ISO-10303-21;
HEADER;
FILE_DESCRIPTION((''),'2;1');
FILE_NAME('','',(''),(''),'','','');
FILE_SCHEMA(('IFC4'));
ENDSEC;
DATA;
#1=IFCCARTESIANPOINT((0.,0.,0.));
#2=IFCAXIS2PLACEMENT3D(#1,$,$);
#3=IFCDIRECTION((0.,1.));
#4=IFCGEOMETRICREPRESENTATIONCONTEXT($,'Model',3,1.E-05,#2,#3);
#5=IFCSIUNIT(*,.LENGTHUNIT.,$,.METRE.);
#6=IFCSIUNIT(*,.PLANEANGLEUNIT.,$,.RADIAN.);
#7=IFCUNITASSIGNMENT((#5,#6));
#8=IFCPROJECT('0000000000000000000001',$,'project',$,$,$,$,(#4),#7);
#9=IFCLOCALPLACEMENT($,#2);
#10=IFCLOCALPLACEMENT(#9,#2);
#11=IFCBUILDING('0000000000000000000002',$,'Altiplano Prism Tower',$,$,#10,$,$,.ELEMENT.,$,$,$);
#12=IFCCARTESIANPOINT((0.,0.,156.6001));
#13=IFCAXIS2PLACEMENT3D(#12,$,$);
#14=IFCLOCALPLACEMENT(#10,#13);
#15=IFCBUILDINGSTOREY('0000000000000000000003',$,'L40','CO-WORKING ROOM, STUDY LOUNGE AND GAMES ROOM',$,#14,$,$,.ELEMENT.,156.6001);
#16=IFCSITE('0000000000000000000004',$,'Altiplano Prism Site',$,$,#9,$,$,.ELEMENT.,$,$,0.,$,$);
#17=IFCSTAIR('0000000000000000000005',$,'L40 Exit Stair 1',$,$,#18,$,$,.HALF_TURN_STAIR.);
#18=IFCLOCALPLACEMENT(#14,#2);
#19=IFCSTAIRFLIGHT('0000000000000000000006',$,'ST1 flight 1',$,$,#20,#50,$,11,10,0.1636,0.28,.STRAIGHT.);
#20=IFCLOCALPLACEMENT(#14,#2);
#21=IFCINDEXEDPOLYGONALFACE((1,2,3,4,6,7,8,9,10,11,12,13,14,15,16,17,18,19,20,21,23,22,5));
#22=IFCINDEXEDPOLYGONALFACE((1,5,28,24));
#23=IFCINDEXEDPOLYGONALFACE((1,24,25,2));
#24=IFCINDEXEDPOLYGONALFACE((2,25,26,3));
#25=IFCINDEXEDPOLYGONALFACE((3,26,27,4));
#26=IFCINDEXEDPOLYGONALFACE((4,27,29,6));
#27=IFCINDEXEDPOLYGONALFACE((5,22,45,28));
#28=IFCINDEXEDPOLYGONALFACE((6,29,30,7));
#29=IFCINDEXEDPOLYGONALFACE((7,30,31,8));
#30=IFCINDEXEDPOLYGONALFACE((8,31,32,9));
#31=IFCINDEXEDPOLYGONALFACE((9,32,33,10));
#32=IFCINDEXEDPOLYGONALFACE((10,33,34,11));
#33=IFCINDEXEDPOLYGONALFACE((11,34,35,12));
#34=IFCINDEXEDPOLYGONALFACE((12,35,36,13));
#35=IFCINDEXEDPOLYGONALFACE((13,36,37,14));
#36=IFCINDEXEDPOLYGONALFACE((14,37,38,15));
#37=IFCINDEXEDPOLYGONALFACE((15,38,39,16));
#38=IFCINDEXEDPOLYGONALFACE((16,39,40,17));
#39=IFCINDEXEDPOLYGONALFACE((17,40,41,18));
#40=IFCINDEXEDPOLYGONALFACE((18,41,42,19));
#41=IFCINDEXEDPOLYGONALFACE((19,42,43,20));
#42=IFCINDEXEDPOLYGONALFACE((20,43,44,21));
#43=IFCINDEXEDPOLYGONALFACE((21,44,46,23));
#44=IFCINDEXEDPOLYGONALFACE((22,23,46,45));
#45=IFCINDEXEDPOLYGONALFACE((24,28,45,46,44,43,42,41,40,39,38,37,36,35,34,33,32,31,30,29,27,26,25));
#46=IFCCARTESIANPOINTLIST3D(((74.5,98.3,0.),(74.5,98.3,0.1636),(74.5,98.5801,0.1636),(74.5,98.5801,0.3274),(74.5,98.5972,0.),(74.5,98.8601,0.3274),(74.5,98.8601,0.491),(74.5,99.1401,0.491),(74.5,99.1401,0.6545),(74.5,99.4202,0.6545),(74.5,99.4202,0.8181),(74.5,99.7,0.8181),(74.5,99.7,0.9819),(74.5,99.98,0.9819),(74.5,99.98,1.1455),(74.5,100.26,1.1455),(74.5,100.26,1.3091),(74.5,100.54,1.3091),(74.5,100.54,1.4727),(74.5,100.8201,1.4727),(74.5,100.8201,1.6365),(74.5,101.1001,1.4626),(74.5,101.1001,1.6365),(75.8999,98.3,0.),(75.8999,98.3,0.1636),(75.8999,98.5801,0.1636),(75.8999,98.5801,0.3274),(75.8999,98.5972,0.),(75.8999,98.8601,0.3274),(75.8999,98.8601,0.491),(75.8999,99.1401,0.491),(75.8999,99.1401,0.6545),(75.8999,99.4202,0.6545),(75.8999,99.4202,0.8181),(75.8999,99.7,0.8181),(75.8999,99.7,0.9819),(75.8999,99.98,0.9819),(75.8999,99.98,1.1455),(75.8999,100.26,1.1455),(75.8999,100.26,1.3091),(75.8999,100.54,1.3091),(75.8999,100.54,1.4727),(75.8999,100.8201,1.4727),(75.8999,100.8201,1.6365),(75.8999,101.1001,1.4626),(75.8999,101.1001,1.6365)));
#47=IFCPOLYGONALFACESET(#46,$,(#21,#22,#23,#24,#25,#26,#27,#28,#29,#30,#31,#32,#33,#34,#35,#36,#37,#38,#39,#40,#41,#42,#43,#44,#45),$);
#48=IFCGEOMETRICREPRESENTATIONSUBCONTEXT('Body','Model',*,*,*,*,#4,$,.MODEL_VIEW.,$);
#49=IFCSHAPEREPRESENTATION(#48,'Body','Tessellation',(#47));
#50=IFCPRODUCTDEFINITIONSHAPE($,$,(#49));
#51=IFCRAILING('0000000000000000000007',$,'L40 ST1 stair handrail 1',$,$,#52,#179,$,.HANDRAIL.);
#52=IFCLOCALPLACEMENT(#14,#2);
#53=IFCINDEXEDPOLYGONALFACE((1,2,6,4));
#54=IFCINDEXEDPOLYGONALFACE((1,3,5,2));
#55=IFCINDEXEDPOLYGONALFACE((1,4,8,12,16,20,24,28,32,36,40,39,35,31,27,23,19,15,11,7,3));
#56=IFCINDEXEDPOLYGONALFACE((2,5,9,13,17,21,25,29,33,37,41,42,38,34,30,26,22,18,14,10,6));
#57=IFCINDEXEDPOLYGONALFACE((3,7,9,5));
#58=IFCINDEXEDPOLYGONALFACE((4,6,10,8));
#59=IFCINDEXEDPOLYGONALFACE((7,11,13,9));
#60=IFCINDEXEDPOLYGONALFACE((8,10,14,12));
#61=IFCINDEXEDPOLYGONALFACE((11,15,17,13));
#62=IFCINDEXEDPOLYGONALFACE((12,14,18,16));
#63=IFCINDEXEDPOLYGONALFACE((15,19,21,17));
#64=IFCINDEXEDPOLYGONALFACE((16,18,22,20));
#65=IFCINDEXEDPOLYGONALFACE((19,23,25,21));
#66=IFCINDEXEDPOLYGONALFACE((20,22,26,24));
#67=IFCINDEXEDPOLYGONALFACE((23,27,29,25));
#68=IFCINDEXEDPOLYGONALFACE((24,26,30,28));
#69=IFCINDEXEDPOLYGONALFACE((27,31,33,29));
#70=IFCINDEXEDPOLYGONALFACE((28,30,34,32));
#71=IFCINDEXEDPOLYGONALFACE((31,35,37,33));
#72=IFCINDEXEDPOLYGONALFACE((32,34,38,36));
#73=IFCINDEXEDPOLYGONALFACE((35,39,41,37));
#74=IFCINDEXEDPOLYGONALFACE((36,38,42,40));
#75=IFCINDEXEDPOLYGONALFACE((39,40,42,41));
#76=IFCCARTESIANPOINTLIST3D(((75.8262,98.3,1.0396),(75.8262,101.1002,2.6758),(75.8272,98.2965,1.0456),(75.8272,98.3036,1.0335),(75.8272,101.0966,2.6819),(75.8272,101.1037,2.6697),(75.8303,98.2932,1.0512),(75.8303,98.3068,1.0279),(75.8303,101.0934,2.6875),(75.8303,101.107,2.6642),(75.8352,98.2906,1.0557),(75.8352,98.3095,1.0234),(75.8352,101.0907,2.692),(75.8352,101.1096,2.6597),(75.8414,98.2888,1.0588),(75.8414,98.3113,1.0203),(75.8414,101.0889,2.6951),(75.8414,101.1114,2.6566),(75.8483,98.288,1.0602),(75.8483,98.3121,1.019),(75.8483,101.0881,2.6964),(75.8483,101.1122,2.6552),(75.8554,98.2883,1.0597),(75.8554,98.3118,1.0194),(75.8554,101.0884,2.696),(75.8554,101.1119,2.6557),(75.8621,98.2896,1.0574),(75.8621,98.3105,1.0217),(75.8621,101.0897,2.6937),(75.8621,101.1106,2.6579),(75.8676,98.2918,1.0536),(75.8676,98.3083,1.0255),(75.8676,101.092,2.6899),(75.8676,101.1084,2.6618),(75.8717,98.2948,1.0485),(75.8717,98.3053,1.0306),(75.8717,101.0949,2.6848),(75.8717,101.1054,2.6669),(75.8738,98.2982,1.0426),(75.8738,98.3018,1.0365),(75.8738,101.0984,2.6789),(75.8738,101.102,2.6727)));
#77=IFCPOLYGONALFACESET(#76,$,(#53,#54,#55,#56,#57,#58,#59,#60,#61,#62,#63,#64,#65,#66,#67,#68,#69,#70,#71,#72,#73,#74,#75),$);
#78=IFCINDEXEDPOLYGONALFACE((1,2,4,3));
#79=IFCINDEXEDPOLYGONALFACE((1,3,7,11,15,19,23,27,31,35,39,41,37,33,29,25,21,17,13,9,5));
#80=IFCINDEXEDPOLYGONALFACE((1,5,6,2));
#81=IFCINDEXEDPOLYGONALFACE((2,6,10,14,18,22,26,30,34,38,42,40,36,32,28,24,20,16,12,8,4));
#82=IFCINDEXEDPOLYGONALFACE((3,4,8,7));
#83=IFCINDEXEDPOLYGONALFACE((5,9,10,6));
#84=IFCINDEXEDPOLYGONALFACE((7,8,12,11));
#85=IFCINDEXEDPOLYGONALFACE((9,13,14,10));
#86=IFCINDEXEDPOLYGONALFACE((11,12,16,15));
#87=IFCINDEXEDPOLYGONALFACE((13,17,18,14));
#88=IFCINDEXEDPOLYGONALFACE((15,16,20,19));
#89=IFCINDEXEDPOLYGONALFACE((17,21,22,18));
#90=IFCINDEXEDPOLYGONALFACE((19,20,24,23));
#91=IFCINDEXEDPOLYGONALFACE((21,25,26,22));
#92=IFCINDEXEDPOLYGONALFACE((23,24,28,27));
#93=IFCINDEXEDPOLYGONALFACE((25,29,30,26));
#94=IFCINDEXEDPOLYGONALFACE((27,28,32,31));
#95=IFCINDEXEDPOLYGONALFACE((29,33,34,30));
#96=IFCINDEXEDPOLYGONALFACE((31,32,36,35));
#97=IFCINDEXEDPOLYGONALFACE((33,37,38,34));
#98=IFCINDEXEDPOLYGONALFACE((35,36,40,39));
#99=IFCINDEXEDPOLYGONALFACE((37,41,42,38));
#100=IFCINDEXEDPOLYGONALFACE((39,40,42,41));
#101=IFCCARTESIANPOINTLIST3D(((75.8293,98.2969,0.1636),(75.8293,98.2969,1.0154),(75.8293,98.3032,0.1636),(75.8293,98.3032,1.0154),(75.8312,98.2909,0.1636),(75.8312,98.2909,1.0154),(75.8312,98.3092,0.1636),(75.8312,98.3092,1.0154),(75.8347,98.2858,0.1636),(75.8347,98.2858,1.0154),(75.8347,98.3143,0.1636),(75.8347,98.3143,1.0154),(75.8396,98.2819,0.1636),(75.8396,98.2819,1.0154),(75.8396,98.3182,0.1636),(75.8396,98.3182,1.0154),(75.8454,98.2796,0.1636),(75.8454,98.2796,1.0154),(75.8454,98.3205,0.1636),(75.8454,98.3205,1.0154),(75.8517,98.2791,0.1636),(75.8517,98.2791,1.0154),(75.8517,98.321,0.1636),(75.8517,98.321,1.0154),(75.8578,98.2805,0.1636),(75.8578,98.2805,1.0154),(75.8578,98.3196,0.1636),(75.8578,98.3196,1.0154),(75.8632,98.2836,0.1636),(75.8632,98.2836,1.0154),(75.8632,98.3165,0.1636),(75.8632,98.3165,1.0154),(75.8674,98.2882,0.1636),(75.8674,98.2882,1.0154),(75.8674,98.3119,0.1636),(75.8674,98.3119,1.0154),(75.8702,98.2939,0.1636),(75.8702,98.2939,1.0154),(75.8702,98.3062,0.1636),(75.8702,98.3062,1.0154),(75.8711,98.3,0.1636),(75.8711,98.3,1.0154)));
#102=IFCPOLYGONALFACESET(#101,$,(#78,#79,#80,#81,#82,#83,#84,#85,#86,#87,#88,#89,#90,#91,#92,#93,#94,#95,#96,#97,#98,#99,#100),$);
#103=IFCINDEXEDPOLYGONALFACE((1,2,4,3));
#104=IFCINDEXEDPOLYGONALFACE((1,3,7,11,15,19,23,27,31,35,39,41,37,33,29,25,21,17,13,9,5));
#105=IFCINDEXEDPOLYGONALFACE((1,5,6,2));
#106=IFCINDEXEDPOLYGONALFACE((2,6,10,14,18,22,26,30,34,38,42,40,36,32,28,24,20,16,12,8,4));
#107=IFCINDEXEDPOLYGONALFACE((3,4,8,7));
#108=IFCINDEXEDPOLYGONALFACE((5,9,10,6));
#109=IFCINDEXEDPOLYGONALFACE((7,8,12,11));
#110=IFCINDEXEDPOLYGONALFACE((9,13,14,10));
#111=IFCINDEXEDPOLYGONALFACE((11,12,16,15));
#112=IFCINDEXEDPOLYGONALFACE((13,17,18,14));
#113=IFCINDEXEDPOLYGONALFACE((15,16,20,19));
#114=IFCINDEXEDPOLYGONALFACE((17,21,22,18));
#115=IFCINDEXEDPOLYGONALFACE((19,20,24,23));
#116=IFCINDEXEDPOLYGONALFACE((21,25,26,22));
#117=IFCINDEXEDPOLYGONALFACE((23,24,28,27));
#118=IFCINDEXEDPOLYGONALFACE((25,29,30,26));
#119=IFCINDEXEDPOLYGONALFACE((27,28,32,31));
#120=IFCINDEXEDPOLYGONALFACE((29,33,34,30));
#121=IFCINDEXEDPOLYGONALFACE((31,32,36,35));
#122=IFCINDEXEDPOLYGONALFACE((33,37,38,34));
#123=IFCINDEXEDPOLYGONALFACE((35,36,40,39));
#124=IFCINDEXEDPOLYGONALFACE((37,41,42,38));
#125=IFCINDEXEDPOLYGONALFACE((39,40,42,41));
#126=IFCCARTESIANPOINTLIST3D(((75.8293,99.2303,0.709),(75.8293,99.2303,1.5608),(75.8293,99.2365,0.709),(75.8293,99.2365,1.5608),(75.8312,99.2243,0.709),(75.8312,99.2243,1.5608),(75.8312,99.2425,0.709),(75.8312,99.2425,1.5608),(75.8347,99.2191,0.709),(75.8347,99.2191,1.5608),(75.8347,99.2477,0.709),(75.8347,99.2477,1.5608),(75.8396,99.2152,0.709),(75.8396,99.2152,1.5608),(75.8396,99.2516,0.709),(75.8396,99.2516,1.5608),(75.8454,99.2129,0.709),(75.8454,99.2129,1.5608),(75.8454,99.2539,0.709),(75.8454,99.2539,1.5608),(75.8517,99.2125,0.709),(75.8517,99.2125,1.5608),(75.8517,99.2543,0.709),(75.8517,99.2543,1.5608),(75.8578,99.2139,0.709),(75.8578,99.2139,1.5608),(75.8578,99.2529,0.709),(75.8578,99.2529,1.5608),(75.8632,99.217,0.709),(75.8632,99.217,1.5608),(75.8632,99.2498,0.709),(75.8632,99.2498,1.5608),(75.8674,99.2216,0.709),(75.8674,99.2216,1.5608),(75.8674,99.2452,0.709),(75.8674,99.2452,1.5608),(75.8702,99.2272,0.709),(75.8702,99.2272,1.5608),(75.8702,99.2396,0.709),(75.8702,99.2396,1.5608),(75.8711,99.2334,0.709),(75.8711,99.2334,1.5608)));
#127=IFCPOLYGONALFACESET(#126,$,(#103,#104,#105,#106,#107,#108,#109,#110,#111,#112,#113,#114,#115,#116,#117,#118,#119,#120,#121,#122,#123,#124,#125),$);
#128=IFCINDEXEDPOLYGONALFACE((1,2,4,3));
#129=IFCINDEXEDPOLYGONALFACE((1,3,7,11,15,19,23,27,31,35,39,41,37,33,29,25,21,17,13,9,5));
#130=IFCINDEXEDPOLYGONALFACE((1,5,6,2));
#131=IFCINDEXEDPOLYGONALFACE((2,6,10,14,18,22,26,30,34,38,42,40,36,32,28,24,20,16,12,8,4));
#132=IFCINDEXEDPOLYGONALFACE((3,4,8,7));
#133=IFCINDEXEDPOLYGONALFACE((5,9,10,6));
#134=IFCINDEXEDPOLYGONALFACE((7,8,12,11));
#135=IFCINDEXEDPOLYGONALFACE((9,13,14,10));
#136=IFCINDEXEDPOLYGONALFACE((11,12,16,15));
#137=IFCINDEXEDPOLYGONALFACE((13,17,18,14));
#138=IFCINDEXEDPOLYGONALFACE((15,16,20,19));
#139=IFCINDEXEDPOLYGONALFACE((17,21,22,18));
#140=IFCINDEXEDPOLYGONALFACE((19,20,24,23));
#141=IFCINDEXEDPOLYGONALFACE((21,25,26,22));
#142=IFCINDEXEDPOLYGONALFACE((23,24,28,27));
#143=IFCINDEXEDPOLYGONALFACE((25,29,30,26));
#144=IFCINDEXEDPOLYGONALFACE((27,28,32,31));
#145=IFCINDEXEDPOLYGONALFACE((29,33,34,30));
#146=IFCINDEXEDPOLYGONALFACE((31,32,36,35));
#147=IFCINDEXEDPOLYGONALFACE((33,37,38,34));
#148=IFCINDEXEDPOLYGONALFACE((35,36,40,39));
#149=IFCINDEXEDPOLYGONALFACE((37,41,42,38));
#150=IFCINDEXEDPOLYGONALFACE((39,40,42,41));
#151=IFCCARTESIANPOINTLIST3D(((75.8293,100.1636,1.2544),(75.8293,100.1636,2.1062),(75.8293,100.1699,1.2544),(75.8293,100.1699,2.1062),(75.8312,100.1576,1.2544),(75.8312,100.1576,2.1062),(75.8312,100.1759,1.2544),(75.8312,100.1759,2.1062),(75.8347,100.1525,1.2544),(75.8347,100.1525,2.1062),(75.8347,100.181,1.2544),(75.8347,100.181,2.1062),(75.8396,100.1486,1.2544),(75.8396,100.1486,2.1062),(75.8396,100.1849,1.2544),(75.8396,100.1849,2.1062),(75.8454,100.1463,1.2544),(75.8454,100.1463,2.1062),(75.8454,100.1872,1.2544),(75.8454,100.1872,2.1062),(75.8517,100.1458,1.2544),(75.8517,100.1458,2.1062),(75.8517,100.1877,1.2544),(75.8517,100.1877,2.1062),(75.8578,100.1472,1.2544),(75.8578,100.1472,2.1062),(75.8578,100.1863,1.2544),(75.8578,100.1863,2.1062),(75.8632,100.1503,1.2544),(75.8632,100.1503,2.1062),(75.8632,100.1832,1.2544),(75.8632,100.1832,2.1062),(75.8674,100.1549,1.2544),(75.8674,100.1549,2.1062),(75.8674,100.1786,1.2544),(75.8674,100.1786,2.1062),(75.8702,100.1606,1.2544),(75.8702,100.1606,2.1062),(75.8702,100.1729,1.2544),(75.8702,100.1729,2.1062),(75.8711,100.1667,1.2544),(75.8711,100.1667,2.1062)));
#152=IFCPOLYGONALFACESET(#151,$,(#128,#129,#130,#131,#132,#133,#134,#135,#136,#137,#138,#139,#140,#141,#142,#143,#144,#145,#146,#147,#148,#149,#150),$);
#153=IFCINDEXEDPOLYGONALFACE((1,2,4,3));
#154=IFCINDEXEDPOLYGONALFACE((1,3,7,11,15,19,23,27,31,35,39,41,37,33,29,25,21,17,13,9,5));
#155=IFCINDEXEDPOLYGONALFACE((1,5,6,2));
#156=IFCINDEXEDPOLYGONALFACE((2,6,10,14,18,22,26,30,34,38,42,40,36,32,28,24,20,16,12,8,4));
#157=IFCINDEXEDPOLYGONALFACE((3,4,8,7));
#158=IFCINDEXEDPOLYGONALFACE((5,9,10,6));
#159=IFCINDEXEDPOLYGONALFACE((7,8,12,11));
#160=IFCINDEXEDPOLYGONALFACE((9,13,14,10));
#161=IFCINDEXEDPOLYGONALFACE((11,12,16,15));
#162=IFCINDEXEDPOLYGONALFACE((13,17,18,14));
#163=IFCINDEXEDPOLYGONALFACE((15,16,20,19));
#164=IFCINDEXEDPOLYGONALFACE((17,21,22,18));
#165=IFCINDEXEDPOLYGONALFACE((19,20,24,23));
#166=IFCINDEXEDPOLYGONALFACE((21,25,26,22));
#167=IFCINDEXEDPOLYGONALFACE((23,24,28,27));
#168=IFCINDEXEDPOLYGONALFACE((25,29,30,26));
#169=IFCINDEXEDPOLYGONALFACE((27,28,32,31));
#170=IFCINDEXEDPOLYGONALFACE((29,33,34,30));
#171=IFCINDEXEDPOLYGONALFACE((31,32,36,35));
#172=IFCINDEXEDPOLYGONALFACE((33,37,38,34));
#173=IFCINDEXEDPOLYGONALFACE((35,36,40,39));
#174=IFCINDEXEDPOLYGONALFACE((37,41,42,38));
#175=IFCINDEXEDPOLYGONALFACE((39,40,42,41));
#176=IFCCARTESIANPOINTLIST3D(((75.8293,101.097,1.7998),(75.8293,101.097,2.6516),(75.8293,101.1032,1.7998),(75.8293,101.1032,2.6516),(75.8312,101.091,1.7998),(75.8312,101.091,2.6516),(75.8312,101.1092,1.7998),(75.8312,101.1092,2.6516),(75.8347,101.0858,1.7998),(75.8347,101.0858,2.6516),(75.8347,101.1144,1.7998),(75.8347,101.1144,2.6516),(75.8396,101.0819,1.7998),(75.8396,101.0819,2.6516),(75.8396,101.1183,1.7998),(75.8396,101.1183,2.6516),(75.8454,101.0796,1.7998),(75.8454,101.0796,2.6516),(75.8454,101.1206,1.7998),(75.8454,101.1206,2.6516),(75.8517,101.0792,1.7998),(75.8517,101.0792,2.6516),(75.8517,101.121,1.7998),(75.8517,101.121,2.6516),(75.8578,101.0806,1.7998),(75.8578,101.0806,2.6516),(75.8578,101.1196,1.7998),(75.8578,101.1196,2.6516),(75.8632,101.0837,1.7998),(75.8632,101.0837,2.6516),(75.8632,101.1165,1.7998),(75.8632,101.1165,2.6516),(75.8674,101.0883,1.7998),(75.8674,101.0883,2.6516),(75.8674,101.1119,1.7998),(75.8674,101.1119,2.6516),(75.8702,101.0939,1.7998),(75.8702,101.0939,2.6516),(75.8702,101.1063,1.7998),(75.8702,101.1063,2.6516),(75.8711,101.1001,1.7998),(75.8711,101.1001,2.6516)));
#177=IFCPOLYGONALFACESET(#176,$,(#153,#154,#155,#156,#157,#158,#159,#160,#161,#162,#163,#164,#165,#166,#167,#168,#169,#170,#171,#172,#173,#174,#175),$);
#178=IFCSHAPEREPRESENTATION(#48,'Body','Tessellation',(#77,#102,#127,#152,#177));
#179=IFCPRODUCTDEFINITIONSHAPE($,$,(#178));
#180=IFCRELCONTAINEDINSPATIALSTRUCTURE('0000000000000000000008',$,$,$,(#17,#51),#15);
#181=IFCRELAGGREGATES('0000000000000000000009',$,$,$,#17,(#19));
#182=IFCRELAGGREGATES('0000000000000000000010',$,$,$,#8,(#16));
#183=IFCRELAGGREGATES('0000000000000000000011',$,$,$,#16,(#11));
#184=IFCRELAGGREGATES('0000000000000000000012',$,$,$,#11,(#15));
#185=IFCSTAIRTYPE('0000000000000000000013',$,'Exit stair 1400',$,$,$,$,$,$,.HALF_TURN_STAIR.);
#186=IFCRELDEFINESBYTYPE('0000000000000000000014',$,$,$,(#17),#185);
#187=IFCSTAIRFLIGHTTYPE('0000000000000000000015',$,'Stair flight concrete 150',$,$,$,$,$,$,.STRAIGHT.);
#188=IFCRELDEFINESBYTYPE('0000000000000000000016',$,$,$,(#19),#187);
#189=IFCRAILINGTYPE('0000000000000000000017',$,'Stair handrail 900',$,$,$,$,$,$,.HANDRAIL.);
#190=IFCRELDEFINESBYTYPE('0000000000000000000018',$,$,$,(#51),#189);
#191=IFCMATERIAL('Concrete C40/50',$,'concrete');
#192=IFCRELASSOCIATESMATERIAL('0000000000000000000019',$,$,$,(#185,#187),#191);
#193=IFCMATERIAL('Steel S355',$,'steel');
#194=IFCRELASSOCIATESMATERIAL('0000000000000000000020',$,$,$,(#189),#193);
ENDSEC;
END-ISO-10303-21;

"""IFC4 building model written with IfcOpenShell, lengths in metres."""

from ifc_helpers import new_model, si_unit, direction, frame, origin, origin_2d, place, context, subcontext, project, spatial, polyline, circle, outline, extrude, material, type_object, element, aggregate, save


model = new_model("IFC4")

# Units and contexts
model_context = context("Model", 3, precision=1e-05, world=origin(), true_north=direction((0.0, 1.0)))
body_context = subcontext(model_context, "Body", "Model", "MODEL_VIEW")
ifc_project = project(units=[si_unit("LENGTHUNIT", "METRE"), si_unit("PLANEANGLEUNIT", "RADIAN")], contexts=[model_context])

# Site, building, storey
site_placement = place(None, origin())
site = spatial("IfcSite", under=ifc_project, at=site_placement, Name="Altiplano Prism Site", CompositionType="ELEMENT", RefElevation=0.0)
building_placement = place(site_placement, origin())
building = spatial("IfcBuilding", under=site, at=building_placement, Name="Altiplano Prism Tower", CompositionType="ELEMENT")
storey_placement = place(building_placement, frame((0.0, 0.0, 156.6001)))
storey = spatial("IfcBuildingStorey", under=building, at=storey_placement, Name="L40", Description="CO-WORKING ROOM, STUDY LOUNGE AND GAMES ROOM", CompositionType="ELEMENT", Elevation=156.6001)

# Stair, stair flight
ifc_material_1 = material(Name="Concrete C40/50", Category="concrete")
stair_type = type_object("IfcStairType", Name="Exit stair 1400", PredefinedType="HALF_TURN_STAIR", material=ifc_material_1)
stair_placement = place(storey_placement, origin())
stair = element("IfcStair", 1, at=stair_placement, inside=storey, type_object=stair_type, Name="L40 Exit Stair 1", PredefinedType="HALF_TURN_STAIR")
stair_flight_type = type_object("IfcStairFlightType", Name="Stair flight concrete 150", PredefinedType="STRAIGHT", material=ifc_material_1)
stair_flight_placement = place(storey_placement, frame((75.2, 98.3, 0.0), z_axis=(0.0, 0.0, 1.0), x_axis=(0.0, 1.0, 0.0)))
stair_flight = element("IfcStairFlight", 2, at=stair_flight_placement, type_object=stair_flight_type, Name="ST1 flight 1", NumberOfRisers=11, NumberOfTreads=10, PredefinedType="STRAIGHT", RiserHeight=0.1636, TreadLength=0.28, context=body_context, shape_type="SweptSolid", body=[
    extrude(outline(polyline([(0.0, 0.0), (0.0, 0.1636), (0.28, 0.1636), (0.28, 0.3274), (0.5601, 0.3274), (0.5601, 0.491), (0.8401, 0.491), (0.8401, 0.6545), (1.1201, 0.6545), (1.1201, 0.8181), (1.3999, 0.8181), (1.3999, 0.9819), (1.6799, 0.9819), (1.6799, 1.1455), (1.96, 1.1455), (1.96, 1.3091), (2.24, 1.3091), (2.24, 1.4727), (2.52, 1.4727), (2.52, 1.6365), (2.8, 1.6365), (2.8, 1.8), (2.8, 1.4626), (0.2971, 0.0), (0.0, 0.0)])), frame((0.0, 0.7, 0.0), z_axis=(0.0, -1.0, 0.0), x_axis=(1.0, 0.0, 0.0)), (0.0, 0.0, 1.0), 1.3999),
])
aggregate(stair, [stair_flight])

# Railing
ifc_material_2 = material(Name="Steel S355", Category="steel")
railing_type_1 = type_object("IfcRailingType", Name="Stair handrail 900", PredefinedType="HANDRAIL", material=ifc_material_2)
railing_1_placement = place(storey_placement, frame((75.8501, 98.3, 0.1636)))
element("IfcRailing", 3, at=railing_1_placement, inside=storey, type_object=railing_type_1, Name="L40 ST1 stair handrail 1", PredefinedType="HANDRAIL", context=body_context, shape_type="SweptSolid", body=[
    extrude(circle(Radius=0.0239, at=origin_2d()), frame((0.0, 0.0, 0.876), z_axis=(0.0, 0.863394, 0.504531), x_axis=(-1.0, 0.0, 0.0)), (0.0, 0.0, 1.0), 3.2432),
    extrude(circle(Radius=0.021, at=origin_2d()), origin(), (0.0, 0.0, 1.0), 0.8518),
    extrude(circle(Radius=0.021, at=origin_2d()), frame((0.0, 0.9333, 0.5454)), (0.0, 0.0, 1.0), 0.8518),
    extrude(circle(Radius=0.021, at=origin_2d()), frame((0.0, 1.8667, 1.0908)), (0.0, 0.0, 1.0), 0.8518),
    extrude(circle(Radius=0.021, at=origin_2d()), frame((0.0, 2.8, 1.6362)), (0.0, 0.0, 1.0), 0.8518),
])

save(model, "model.ifc")
